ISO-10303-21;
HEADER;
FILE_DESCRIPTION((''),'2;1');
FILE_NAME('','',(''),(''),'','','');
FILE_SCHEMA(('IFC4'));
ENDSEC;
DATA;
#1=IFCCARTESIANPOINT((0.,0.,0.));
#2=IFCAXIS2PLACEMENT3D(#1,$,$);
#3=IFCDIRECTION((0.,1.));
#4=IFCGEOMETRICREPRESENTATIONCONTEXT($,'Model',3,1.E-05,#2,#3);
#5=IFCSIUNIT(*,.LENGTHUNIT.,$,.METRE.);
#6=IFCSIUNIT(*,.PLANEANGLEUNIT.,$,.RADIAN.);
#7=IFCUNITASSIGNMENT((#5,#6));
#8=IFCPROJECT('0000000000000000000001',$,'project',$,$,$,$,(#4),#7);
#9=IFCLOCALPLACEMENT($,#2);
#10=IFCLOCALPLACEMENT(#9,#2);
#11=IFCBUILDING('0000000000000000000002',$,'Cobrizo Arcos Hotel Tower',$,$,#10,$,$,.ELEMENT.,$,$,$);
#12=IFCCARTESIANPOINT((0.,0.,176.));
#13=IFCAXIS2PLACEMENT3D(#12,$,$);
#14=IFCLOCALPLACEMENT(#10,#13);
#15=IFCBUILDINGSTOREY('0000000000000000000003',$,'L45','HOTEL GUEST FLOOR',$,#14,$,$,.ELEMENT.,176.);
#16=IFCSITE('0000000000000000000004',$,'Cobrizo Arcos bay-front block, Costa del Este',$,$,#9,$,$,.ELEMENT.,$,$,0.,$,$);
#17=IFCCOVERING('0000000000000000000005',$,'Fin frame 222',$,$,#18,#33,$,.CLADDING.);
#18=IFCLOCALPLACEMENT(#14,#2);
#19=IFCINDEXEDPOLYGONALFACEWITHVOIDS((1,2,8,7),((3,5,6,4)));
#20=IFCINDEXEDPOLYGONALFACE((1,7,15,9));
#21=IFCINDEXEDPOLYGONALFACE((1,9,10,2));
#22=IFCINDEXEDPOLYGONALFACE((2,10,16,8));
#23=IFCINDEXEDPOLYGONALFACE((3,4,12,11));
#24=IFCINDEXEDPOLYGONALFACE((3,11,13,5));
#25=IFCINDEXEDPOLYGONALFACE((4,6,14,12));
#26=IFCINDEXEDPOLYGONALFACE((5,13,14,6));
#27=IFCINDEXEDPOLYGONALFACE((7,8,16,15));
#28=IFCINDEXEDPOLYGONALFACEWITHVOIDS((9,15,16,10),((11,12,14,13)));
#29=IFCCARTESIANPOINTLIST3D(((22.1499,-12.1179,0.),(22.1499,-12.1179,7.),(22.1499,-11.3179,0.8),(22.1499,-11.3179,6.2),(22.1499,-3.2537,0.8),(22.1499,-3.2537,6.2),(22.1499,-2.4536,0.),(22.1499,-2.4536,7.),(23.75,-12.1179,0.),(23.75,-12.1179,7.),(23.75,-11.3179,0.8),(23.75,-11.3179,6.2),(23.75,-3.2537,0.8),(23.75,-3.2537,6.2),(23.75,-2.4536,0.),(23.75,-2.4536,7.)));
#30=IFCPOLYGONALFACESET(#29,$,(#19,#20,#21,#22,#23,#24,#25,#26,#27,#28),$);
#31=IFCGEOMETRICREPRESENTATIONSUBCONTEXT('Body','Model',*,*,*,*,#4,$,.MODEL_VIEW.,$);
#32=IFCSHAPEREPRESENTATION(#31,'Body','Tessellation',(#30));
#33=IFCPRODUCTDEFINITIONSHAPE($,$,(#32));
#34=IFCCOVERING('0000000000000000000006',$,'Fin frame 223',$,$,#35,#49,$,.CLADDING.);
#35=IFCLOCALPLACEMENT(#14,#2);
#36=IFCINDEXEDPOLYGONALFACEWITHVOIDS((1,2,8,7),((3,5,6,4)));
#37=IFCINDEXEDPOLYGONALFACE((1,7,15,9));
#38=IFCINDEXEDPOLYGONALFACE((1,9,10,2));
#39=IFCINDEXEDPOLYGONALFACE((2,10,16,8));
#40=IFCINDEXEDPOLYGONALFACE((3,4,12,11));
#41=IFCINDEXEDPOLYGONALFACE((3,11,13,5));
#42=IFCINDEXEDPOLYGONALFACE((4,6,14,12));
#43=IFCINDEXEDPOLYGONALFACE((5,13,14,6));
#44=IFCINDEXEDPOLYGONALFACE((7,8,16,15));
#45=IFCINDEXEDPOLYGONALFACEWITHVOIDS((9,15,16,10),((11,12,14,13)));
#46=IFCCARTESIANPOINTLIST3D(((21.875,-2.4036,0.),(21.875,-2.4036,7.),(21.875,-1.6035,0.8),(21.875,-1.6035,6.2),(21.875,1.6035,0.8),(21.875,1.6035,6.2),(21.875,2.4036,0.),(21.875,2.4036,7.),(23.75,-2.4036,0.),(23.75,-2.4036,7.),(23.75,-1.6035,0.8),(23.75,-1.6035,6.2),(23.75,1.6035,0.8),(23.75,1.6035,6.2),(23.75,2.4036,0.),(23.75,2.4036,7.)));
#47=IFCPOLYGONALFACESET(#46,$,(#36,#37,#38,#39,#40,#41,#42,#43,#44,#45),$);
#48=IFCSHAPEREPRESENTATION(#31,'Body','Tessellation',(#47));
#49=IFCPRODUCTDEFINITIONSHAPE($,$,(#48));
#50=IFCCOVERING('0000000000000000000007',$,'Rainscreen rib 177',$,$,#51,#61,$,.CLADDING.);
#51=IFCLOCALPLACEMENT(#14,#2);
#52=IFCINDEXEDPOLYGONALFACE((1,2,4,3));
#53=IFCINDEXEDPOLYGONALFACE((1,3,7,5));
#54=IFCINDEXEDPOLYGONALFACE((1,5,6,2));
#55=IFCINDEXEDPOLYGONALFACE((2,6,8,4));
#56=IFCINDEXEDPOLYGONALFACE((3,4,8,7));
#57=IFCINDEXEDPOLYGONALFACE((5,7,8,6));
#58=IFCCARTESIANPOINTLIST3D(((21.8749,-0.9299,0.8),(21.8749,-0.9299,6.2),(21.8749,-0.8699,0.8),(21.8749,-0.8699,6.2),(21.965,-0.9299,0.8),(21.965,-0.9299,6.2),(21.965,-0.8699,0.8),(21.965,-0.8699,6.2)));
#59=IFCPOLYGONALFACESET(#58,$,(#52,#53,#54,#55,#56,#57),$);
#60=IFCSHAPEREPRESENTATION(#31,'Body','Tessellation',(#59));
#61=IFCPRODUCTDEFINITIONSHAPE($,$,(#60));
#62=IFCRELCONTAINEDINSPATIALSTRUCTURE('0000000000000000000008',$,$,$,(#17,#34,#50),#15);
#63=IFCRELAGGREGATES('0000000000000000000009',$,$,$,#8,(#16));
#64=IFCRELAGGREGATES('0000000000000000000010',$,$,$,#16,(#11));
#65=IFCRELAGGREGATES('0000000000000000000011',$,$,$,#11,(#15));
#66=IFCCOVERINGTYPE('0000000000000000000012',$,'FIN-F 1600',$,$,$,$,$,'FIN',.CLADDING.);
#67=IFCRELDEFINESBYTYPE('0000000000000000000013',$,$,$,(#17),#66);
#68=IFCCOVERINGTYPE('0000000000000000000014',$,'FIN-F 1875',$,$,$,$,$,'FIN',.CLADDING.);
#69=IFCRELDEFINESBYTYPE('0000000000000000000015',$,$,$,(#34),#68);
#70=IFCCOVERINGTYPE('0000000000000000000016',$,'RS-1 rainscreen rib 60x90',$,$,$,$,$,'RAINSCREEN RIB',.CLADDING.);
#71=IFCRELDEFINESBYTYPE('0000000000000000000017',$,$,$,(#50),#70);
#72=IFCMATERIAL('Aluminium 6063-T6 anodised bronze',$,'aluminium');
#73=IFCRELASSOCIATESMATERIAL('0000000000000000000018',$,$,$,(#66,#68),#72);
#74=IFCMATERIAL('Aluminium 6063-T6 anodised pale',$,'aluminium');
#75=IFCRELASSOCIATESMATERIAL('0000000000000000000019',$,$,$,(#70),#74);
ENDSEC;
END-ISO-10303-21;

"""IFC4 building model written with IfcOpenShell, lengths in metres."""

from ifc_helpers import new_model, si_unit, direction, frame, origin, origin_2d, place, context, subcontext, project, spatial, polyline, rectangle, outline, extrude, material, type_object, element, save


model = new_model("IFC4")

# Units and contexts
model_context = context("Model", 3, precision=1e-05, world=origin(), true_north=direction((0.0, 1.0)))
body_context = subcontext(model_context, "Body", "Model", "MODEL_VIEW")
ifc_project = project(units=[si_unit("LENGTHUNIT", "METRE"), si_unit("PLANEANGLEUNIT", "RADIAN")], contexts=[model_context])

# Site, building, storey
site_placement = place(None, origin())
site = spatial("IfcSite", under=ifc_project, at=site_placement, Name="Cobrizo Arcos bay-front block, Costa del Este", CompositionType="ELEMENT", RefElevation=0.0)
building_placement = place(site_placement, origin())
building = spatial("IfcBuilding", under=site, at=building_placement, Name="Cobrizo Arcos Hotel Tower", CompositionType="ELEMENT")
storey_placement = place(building_placement, frame((0.0, 0.0, 176.0)))
storey = spatial("IfcBuildingStorey", under=building, at=storey_placement, Name="L45", Description="HOTEL GUEST FLOOR", CompositionType="ELEMENT", Elevation=176.0)

# Shared definitions
ifc_material_1 = material(Name="Aluminium 6063-T6 anodised bronze", Category="aluminium")

# Coverings
covering_type_1 = type_object("IfcCoveringType", Name="FIN-F 1600", ElementType="FIN", PredefinedType="CLADDING", material=ifc_material_1)
covering_1_placement = place(storey_placement, frame((22.1499, -12.1179, 0.0), z_axis=(1.0, 0.0, 0.0), x_axis=(0.0, 1.0, 0.0)))
element("IfcCovering", 1, at=covering_1_placement, inside=storey, type_object=covering_type_1, Name="Fin frame 222", PredefinedType="CLADDING", context=body_context, shape_type="SweptSolid", body=[
    extrude(outline(polyline([(0.0, 7.0), (0.0, 0.0), (9.6643, 0.0), (9.6643, 7.0), (0.0, 7.0)]), holes=[polyline([(8.8643, 0.8), (0.8, 0.8), (0.8, 6.2), (8.8643, 6.2), (8.8643, 0.8)])]), origin(), (0.0, 0.0, 1.0), 1.6001),
])
covering_type_2 = type_object("IfcCoveringType", Name="FIN-F 1875", ElementType="FIN", PredefinedType="CLADDING", material=ifc_material_1)
covering_2_placement = place(storey_placement, frame((21.875, -2.4036, 0.0), z_axis=(1.0, 0.0, 0.0), x_axis=(0.0, 1.0, 0.0)))
element("IfcCovering", 2, at=covering_2_placement, inside=storey, type_object=covering_type_2, Name="Fin frame 223", PredefinedType="CLADDING", context=body_context, shape_type="SweptSolid", body=[
    extrude(outline(polyline([(0.0, 7.0), (0.0, 0.0), (4.8071, 0.0), (4.8071, 7.0), (0.0, 7.0)]), holes=[polyline([(4.0071, 0.8), (0.8, 0.8), (0.8, 6.2), (4.0071, 6.2), (4.0071, 0.8)])]), origin(), (0.0, 0.0, 1.0), 1.875),
])
ifc_material_2 = material(Name="Aluminium 6063-T6 anodised pale", Category="aluminium")
covering_type_3 = type_object("IfcCoveringType", Name="RS-1 rainscreen rib 60x90", ElementType="RAINSCREEN RIB", PredefinedType="CLADDING", material=ifc_material_2)
covering_3_placement = place(storey_placement, frame((21.9199, -0.8999, 0.8), z_axis=(0.0, 0.0, 1.0), x_axis=(0.0, 1.0, 0.0)))
element("IfcCovering", 3, at=covering_3_placement, inside=storey, type_object=covering_type_3, Name="Rainscreen rib 177", PredefinedType="CLADDING", context=body_context, shape_type="SweptSolid", body=[
    extrude(rectangle(XDim=0.0601, YDim=0.0901, at=origin_2d()), origin(), (0.0, 0.0, 1.0), 5.3999),
])

save(model, "model.ifc")
